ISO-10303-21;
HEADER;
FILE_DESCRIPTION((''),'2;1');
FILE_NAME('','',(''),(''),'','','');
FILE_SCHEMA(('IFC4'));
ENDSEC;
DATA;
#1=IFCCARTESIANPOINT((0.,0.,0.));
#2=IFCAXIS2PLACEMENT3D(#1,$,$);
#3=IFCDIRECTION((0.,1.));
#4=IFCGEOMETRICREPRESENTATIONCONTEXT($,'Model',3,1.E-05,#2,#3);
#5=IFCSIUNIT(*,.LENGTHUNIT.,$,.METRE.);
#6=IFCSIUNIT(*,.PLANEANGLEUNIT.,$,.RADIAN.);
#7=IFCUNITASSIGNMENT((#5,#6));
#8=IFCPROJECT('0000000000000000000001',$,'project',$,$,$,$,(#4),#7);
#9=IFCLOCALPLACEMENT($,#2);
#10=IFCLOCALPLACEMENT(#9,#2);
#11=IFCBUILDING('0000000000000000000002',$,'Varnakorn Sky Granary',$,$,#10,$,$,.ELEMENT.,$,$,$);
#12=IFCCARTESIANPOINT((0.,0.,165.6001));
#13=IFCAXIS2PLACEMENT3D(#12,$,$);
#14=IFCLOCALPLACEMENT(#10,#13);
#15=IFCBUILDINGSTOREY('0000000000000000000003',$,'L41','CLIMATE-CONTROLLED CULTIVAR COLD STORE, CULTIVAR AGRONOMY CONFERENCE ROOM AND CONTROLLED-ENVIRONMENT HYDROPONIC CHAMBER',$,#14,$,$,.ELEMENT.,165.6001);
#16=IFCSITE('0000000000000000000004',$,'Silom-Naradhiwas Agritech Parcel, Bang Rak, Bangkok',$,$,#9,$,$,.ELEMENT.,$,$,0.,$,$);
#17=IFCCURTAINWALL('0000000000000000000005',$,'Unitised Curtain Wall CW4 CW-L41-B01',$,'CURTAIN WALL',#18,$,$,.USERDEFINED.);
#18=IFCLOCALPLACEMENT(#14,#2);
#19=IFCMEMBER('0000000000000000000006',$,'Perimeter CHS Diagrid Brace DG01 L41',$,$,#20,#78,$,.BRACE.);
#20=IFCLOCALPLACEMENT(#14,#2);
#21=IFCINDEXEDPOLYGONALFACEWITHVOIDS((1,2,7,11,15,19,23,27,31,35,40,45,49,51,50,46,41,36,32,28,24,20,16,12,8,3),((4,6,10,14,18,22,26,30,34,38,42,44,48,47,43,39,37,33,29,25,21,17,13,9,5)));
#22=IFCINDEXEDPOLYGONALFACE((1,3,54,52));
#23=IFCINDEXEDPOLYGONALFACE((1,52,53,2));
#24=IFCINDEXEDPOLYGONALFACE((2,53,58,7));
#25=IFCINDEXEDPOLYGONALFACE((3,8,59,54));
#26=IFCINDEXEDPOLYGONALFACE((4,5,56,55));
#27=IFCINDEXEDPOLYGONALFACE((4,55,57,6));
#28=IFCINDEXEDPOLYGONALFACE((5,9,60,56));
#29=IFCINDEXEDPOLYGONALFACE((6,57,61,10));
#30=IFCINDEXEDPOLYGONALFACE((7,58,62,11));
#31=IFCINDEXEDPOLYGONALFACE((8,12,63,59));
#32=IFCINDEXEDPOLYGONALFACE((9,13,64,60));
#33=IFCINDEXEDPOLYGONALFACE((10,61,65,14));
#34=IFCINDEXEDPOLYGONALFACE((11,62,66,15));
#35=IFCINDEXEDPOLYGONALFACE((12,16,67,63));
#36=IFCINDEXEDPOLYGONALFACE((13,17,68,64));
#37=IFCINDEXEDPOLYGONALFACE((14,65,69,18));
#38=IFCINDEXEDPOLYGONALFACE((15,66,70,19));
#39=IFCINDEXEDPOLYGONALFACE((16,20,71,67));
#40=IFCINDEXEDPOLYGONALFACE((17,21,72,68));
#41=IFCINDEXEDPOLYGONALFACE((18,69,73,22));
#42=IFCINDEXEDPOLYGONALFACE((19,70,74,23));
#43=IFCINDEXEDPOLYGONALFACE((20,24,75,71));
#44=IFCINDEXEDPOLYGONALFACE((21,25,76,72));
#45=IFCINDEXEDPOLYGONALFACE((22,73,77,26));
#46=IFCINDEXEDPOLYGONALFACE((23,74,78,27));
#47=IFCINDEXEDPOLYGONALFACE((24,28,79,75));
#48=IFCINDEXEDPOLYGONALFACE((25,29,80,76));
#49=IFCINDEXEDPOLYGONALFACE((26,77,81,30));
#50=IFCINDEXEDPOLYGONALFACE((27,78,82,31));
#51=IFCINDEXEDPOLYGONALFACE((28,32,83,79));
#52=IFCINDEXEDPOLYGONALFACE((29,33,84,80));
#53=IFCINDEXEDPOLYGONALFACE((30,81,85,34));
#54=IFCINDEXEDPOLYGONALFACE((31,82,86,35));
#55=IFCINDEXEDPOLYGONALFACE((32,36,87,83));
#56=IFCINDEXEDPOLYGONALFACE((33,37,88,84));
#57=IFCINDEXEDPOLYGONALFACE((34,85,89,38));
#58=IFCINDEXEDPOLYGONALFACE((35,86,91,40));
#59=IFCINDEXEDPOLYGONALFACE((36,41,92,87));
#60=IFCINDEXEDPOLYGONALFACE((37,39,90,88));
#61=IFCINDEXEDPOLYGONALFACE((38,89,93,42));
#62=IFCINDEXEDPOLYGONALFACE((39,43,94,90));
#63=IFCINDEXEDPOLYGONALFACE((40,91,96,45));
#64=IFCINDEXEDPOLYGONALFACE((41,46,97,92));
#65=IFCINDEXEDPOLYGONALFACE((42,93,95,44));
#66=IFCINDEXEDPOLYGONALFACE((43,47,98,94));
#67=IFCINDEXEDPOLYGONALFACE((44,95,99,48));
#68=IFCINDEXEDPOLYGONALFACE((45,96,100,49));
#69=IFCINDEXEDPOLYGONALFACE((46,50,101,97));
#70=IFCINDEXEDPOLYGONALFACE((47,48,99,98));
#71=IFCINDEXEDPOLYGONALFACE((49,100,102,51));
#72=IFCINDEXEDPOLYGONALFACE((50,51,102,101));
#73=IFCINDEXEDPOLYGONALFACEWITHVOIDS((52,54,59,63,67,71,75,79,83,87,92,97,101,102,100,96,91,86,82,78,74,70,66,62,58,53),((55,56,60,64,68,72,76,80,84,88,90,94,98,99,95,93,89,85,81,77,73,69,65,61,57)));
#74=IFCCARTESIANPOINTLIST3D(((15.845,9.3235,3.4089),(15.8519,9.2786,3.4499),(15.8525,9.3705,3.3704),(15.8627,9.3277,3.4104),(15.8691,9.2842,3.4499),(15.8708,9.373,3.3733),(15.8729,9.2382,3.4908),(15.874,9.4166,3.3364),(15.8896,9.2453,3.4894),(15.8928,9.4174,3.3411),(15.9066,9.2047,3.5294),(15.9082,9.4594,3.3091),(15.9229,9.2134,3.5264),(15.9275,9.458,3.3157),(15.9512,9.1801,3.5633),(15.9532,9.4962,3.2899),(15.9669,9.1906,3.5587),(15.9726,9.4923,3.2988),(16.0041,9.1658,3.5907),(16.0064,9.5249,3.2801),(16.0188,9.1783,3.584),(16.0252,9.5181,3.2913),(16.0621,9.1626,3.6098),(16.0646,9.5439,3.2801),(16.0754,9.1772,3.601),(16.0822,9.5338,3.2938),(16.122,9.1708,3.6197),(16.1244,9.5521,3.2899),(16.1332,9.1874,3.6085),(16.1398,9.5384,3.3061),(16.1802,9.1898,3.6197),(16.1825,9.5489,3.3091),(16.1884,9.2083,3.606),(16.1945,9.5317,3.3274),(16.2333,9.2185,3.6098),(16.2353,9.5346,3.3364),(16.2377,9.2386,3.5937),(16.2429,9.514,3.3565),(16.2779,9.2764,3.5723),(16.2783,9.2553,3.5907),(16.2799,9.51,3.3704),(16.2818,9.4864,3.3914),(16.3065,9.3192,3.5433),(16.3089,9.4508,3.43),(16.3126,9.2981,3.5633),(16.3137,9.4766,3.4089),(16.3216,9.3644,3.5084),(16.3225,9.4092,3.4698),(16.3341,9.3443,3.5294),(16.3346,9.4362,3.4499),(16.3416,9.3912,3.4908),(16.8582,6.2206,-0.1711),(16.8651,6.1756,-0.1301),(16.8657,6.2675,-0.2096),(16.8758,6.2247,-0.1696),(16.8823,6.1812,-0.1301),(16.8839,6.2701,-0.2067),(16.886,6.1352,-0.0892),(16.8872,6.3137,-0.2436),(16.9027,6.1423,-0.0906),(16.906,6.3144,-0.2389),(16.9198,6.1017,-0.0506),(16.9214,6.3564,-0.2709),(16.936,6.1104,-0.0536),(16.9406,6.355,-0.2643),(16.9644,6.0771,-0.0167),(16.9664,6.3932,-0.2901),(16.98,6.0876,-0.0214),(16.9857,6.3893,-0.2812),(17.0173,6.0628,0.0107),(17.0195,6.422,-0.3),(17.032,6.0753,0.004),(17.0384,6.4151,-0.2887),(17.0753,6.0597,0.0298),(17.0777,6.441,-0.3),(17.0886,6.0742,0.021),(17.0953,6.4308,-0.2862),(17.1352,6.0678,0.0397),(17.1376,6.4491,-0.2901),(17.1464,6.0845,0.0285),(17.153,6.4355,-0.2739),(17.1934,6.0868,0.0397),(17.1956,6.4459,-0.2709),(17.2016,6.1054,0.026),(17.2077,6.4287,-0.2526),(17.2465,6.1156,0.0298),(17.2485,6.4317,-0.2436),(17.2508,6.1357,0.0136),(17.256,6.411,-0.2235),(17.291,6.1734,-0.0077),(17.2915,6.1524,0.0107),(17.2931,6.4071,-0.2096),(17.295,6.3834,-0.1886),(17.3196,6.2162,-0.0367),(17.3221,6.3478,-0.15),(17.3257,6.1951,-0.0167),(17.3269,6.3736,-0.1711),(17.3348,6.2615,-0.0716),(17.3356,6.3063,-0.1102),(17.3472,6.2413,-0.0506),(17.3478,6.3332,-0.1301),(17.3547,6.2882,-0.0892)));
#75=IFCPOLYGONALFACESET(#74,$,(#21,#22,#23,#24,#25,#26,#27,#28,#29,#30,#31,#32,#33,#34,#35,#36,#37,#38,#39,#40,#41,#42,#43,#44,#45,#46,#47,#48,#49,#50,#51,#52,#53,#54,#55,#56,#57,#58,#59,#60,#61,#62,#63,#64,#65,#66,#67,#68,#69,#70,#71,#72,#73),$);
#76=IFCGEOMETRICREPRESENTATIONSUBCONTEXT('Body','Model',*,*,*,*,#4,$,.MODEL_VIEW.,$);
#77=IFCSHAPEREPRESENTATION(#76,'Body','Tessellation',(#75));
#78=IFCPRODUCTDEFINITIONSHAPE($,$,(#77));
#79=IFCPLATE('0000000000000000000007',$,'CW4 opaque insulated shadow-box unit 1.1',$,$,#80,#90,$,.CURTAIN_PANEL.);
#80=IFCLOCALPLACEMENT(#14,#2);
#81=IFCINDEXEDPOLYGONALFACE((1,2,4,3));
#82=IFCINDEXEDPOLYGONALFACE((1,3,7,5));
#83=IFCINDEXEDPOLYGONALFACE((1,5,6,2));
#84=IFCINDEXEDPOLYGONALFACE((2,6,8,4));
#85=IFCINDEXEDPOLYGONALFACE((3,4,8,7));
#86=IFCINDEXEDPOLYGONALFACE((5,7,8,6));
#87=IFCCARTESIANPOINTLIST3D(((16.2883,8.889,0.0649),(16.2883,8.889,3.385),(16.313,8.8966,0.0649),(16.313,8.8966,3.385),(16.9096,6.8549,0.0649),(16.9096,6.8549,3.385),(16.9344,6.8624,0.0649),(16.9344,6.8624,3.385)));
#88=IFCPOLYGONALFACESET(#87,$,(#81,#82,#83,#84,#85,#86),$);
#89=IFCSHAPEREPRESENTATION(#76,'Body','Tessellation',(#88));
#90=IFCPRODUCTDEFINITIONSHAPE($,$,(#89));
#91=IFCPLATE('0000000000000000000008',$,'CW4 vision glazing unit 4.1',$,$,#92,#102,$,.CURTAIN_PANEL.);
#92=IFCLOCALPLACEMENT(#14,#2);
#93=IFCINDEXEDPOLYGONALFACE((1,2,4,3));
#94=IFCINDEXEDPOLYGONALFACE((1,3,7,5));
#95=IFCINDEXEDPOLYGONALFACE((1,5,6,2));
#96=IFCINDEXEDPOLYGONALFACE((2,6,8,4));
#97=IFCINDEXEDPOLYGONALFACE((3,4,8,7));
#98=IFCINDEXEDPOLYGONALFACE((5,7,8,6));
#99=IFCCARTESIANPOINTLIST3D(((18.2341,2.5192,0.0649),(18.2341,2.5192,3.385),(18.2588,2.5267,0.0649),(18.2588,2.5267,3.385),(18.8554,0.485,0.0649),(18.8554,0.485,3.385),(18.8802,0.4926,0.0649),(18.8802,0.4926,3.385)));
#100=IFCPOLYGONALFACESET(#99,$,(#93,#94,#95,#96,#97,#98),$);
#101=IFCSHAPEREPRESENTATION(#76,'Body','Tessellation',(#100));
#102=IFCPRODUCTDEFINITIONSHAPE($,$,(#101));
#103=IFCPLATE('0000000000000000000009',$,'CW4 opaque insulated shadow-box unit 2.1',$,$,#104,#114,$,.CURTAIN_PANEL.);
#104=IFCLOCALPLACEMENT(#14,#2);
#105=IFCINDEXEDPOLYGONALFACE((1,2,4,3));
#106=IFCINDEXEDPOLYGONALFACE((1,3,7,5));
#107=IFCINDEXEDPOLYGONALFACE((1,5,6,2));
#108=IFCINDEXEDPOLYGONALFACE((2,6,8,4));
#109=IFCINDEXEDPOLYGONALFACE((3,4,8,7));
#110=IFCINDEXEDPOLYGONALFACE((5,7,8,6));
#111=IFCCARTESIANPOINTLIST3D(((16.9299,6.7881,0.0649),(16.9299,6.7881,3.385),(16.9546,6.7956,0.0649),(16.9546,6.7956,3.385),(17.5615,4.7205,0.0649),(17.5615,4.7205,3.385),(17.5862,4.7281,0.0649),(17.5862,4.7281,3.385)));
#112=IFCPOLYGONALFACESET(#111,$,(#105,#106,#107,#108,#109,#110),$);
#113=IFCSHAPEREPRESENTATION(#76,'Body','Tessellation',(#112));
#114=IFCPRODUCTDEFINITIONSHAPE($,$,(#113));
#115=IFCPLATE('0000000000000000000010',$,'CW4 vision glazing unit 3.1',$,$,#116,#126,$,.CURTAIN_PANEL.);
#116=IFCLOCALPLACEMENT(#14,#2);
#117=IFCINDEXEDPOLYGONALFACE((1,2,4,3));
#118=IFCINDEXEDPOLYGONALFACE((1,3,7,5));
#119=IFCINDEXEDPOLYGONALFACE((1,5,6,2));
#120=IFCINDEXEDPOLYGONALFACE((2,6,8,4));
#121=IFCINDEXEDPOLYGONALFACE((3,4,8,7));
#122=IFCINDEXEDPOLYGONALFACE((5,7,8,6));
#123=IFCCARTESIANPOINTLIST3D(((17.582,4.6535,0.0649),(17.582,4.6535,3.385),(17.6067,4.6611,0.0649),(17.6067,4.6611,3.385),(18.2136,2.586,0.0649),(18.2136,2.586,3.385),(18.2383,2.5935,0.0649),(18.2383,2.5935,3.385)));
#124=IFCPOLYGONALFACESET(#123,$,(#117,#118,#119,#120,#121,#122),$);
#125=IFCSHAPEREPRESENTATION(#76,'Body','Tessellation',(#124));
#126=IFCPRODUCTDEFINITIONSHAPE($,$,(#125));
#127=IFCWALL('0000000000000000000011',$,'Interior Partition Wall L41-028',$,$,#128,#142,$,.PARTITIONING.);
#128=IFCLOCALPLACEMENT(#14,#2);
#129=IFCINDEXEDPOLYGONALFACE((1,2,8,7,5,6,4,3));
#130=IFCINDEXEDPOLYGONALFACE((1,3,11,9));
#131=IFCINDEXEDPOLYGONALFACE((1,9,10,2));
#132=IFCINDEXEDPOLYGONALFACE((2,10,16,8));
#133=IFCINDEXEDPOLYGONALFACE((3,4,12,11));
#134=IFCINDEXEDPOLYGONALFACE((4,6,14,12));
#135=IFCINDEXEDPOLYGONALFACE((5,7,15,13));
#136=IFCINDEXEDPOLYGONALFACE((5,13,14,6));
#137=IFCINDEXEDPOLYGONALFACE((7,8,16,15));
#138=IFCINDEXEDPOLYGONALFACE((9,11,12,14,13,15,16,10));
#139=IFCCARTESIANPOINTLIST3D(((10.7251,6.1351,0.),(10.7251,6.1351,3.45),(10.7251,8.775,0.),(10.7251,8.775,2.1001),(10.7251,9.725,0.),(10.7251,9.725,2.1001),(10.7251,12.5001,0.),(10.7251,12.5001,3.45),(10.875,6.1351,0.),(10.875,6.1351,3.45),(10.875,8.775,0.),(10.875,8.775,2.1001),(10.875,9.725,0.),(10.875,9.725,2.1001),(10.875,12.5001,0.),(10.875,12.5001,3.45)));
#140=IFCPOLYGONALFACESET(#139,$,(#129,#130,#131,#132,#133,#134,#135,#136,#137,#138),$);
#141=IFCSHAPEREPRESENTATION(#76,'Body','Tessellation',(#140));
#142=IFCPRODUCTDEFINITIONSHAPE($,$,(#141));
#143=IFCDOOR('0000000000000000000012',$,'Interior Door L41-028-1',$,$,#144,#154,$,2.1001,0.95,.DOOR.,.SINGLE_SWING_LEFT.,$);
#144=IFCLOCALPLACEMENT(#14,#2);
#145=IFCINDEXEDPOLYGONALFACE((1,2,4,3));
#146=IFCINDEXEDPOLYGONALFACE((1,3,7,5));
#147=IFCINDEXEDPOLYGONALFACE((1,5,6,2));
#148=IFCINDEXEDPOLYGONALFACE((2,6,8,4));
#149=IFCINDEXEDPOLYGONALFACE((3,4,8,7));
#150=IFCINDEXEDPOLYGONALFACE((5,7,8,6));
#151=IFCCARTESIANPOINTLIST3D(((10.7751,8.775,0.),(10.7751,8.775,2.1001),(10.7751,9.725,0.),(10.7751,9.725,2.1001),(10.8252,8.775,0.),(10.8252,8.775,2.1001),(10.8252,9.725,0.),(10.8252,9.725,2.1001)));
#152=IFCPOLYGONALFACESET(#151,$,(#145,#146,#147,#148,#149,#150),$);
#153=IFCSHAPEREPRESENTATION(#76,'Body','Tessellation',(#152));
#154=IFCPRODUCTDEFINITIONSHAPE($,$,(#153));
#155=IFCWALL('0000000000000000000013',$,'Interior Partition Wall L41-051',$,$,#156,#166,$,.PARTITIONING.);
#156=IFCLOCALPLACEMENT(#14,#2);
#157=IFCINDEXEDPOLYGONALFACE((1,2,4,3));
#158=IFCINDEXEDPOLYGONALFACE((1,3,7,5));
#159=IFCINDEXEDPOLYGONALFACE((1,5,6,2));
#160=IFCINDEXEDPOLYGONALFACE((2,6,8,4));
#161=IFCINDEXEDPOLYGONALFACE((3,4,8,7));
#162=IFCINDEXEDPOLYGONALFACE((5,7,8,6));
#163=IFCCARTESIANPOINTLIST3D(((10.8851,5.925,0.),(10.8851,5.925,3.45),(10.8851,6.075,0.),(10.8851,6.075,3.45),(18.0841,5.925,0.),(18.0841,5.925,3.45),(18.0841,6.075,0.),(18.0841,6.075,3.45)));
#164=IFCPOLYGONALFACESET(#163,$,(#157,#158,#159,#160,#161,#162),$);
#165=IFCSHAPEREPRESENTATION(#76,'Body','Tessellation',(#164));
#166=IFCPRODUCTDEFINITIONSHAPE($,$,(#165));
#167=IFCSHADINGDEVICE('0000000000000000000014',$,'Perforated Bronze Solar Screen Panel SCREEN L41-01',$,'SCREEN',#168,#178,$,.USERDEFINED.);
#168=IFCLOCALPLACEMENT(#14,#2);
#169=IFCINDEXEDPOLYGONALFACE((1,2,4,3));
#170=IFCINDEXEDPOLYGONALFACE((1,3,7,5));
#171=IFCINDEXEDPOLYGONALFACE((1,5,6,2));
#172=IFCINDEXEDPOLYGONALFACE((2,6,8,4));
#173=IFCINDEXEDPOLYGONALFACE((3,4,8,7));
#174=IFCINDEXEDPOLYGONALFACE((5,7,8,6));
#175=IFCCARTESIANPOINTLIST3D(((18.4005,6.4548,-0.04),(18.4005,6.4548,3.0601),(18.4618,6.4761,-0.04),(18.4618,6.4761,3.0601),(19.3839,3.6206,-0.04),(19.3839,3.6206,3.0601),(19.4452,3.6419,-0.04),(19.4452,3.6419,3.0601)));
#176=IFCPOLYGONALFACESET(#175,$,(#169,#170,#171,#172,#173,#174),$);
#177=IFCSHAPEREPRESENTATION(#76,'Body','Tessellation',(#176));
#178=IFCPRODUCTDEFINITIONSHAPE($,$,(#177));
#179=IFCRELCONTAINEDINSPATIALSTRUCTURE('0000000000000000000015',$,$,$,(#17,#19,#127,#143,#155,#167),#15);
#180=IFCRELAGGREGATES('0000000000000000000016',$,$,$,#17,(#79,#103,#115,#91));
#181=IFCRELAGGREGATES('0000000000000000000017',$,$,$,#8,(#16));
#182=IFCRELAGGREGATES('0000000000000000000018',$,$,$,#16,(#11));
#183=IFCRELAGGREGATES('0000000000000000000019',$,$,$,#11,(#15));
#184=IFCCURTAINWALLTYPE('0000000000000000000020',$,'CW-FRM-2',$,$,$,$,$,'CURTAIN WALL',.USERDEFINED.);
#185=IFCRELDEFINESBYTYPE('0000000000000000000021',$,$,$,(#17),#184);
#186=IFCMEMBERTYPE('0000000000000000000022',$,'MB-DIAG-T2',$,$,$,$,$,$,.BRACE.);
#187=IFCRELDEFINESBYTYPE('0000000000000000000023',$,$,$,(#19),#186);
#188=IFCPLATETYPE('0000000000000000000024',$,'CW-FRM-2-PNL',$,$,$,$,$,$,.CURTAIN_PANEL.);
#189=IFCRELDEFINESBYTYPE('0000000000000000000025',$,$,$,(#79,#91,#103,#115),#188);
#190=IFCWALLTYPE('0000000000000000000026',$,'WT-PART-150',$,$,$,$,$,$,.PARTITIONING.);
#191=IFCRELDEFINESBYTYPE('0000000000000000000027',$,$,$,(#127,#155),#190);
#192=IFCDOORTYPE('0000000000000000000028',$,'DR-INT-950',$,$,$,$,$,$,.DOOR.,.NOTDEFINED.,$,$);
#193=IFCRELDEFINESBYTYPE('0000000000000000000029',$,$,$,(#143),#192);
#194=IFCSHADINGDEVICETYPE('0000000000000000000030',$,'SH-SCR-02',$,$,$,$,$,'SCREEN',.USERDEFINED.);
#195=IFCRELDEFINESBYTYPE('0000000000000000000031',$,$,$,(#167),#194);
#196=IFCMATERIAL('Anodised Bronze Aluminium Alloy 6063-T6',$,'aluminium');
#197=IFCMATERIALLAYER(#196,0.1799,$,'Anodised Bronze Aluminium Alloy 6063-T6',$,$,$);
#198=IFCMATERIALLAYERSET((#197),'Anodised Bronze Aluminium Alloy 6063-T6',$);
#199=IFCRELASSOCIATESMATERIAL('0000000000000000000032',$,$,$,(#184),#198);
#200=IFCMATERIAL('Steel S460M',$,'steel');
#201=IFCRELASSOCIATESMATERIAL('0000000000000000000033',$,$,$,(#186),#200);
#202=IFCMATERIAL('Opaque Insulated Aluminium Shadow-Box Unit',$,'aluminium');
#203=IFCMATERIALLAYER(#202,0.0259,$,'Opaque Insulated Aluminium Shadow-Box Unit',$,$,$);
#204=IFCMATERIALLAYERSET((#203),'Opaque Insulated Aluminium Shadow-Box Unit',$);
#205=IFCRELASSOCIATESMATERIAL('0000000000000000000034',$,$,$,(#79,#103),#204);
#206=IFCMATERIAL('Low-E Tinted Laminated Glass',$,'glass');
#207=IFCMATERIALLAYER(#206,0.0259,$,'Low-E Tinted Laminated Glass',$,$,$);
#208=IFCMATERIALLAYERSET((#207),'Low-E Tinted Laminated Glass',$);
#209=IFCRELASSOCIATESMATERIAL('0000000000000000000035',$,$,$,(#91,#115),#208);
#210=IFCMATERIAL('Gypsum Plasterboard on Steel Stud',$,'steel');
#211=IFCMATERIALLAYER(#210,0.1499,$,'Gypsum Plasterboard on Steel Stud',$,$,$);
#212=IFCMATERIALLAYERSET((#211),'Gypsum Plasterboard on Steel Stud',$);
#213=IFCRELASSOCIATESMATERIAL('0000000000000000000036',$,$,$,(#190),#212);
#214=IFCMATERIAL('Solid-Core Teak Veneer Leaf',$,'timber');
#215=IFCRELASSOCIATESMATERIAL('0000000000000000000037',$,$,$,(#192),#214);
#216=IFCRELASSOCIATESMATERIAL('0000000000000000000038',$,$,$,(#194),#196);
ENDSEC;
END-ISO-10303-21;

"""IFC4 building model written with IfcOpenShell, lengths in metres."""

from ifc_helpers import new_model, si_unit, direction, frame, frame_2d, origin, origin_2d, place, context, subcontext, project, spatial, rectangle, hollow_circle, extrude, source, transform, mapped, material, layer, layer_set, material_profile, profile_set, type_object, type_shapes, element, fill, aggregate, save


model = new_model("IFC4")

# Units and contexts
model_context = context("Model", 3, precision=1e-05, world=origin(), true_north=direction((0.0, 1.0)))
body_context = subcontext(model_context, "Body", "Model", "MODEL_VIEW")
ifc_project = project(units=[si_unit("LENGTHUNIT", "METRE"), si_unit("PLANEANGLEUNIT", "RADIAN")], contexts=[model_context])

# Site, building, storey
site_placement = place(None, origin())
site = spatial("IfcSite", under=ifc_project, at=site_placement, Name="Silom-Naradhiwas Agritech Parcel, Bang Rak, Bangkok", CompositionType="ELEMENT", RefElevation=0.0)
building_placement = place(site_placement, origin())
building = spatial("IfcBuilding", under=site, at=building_placement, Name="Varnakorn Sky Granary", CompositionType="ELEMENT")
storey_placement = place(building_placement, frame((0.0, 0.0, 165.6001)))
storey = spatial("IfcBuildingStorey", under=building, at=storey_placement, Name="L41", Description="CLIMATE-CONTROLLED CULTIVAR COLD STORE, CULTIVAR AGRONOMY CONFERENCE ROOM AND CONTROLLED-ENVIRONMENT HYDROPONIC CHAMBER", CompositionType="ELEMENT", Elevation=165.6001)

# Curtain wall
ifc_material_1 = material(Name="Anodised Bronze Aluminium Alloy 6063-T6", Category="aluminium")
ifc_layer_1 = layer(ifc_material_1, 0.1799, Name="Anodised Bronze Aluminium Alloy 6063-T6")
ifc_layer_set_1 = layer_set([ifc_layer_1], Name="Anodised Bronze Aluminium Alloy 6063-T6")
curtain_wall_type = type_object("IfcCurtainWallType", Name="CW-FRM-2", ElementType="CURTAIN WALL", PredefinedType="USERDEFINED", material=ifc_layer_set_1)
curtain_wall_placement = place(storey_placement, origin())
curtain_wall = element("IfcCurtainWall", 1, at=curtain_wall_placement, inside=storey, type_object=curtain_wall_type, Name="Unitised Curtain Wall CW4 CW-L41-B01", ObjectType="CURTAIN WALL", PredefinedType="USERDEFINED")

# Member
ifc_material_2 = material(Name="Steel S460M", Category="steel")
ifc_material_profile_1 = material_profile(ifc_material_2, hollow_circle(Radius=0.2539, WallThickness=0.0181, at=origin_2d()), Name="CHS 508x18")
ifc_profile_set_1 = profile_set([ifc_material_profile_1], Name="Steel S460M")
member_type_1 = type_object("IfcMemberType", Name="MB-DIAG-T2", PredefinedType="BRACE", material=ifc_profile_set_1)
member_1_placement = place(storey_placement, frame((17.1064, 6.2544, -0.1301), z_axis=(-0.209127, 0.640484, 0.73895), x_axis=(-0.95061, -0.310388, 0.0)))
element("IfcMember", 2, at=member_1_placement, inside=storey, type_object=member_type_1, Name="Perimeter CHS Diagrid Brace DG01 L41", PredefinedType="BRACE", context=body_context, shape_type="SweptSolid", body=[
    extrude(hollow_circle(Radius=0.2539, WallThickness=0.0181, at=origin_2d()), origin(), (0.0, 0.0, 1.0), 4.8447),
])

# Plates
ifc_material_3 = material(Name="Opaque Insulated Aluminium Shadow-Box Unit", Category="aluminium")
ifc_layer_2 = layer(ifc_material_3, 0.0259, Name="Opaque Insulated Aluminium Shadow-Box Unit")
ifc_layer_set_2 = layer_set([ifc_layer_2], Name="Opaque Insulated Aluminium Shadow-Box Unit")
plate_type = type_object("IfcPlateType", Name="CW-FRM-2-PNL", PredefinedType="CURTAIN_PANEL")
shared_shape_1 = source(origin(), body_context, "Body", "SweptSolid", [
    extrude(rectangle(XDim=2.127, YDim=0.0259, at=origin_2d()), origin(), (0.0, 0.0, 1.0), 3.3201),
])
plate_1_placement = place(storey_placement, frame((16.6113, 7.8757, 0.0649), z_axis=(0.0, 0.0, 1.0), x_axis=(0.292147, -0.956374, 0.0)))
plate_1 = element("IfcPlate", 3, at=plate_1_placement, type_object=plate_type, material=ifc_layer_set_2, Name="CW4 opaque insulated shadow-box unit 1.1", PredefinedType="CURTAIN_PANEL", context=body_context, shape_type="MappedRepresentation", body=[
    mapped(shared_shape_1, transform((0.0, 0.0, 0.0), x_axis=(1.0, 0.0, 0.0), y_axis=(0.0, 1.0, 0.0), z_axis=(0.0, 0.0, 1.0), scale=1.0)),
])
ifc_material_4 = material(Name="Low-E Tinted Laminated Glass", Category="glass")
ifc_layer_3 = layer(ifc_material_4, 0.0259, Name="Low-E Tinted Laminated Glass")
ifc_layer_set_3 = layer_set([ifc_layer_3], Name="Low-E Tinted Laminated Glass")
plate_2_placement = place(storey_placement, frame((18.5571, 1.5059, 0.0649), z_axis=(0.0, 0.0, 1.0), x_axis=(0.292147, -0.956374, 0.0)))
plate_2 = element("IfcPlate", 4, at=plate_2_placement, type_object=plate_type, material=ifc_layer_set_3, Name="CW4 vision glazing unit 4.1", PredefinedType="CURTAIN_PANEL", context=body_context, shape_type="MappedRepresentation", body=[
    mapped(shared_shape_1, transform((0.0, 0.0, 0.0), x_axis=(1.0, 0.0, 0.0), y_axis=(0.0, 1.0, 0.0), z_axis=(0.0, 0.0, 1.0), scale=1.0)),
])
shared_shape_2 = source(origin(), body_context, "Body", "SweptSolid", [
    extrude(rectangle(XDim=2.1619, YDim=0.0259, at=origin_2d()), origin(), (0.0, 0.0, 1.0), 3.3201),
])
type_shapes(plate_type, [shared_shape_1, shared_shape_2])
plate_3_placement = place(storey_placement, frame((17.2581, 5.7581, 0.0649), z_axis=(0.0, 0.0, 1.0), x_axis=(0.292147, -0.956374, 0.0)))
plate_3 = element("IfcPlate", 5, at=plate_3_placement, type_object=plate_type, material=ifc_layer_set_2, Name="CW4 opaque insulated shadow-box unit 2.1", PredefinedType="CURTAIN_PANEL", context=body_context, shape_type="MappedRepresentation", body=[
    mapped(shared_shape_2, transform((0.0, 0.0, 0.0), x_axis=(1.0, 0.0, 0.0), y_axis=(0.0, 1.0, 0.0), z_axis=(0.0, 0.0, 1.0), scale=1.0)),
])
plate_4_placement = place(storey_placement, frame((17.9102, 3.6235, 0.0649), z_axis=(0.0, 0.0, 1.0), x_axis=(0.292147, -0.956374, 0.0)))
plate_4 = element("IfcPlate", 6, at=plate_4_placement, type_object=plate_type, material=ifc_layer_set_3, Name="CW4 vision glazing unit 3.1", PredefinedType="CURTAIN_PANEL", context=body_context, shape_type="MappedRepresentation", body=[
    mapped(shared_shape_2, transform((0.0, 0.0, 0.0), x_axis=(1.0, 0.0, 0.0), y_axis=(0.0, 1.0, 0.0), z_axis=(0.0, 0.0, 1.0), scale=1.0)),
])
aggregate(curtain_wall, [plate_1, plate_3, plate_4, plate_2])

# Wall, opening, door
ifc_material_5 = material(Name="Gypsum Plasterboard on Steel Stud", Category="steel")
ifc_layer_4 = layer(ifc_material_5, 0.1499, Name="Gypsum Plasterboard on Steel Stud")
ifc_layer_set_4 = layer_set([ifc_layer_4], Name="Gypsum Plasterboard on Steel Stud")
wall_type = type_object("IfcWallType", Name="WT-PART-150", PredefinedType="PARTITIONING", material=ifc_layer_set_4)
wall_1_placement = place(storey_placement, frame((10.8, 6.135, 0.0), z_axis=(0.0, 0.0, 1.0), x_axis=(0.0, 1.0, 0.0)))
wall_1 = element("IfcWall", 7, at=wall_1_placement, inside=storey, type_object=wall_type, Name="Interior Partition Wall L41-028", PredefinedType="PARTITIONING", context=body_context, shape_type="SweptSolid", body=[
    extrude(rectangle(XDim=6.365, YDim=0.1499, at=frame_2d((3.1826, 0.0))), origin(), (0.0, 0.0, 1.0), 3.45),
])
opening_placement = place(wall_1_placement, frame((2.6399, 0.0, 0.0)))
opening = element("IfcOpeningElement", 8, at=opening_placement, cuts=wall_1, PredefinedType="OPENING", context=body_context, shape_type="SweptSolid", body=[
    extrude(rectangle(XDim=0.95, YDim=2.1001, at=frame_2d((0.4751, 1.05))), frame((0.0, 0.085, 0.0), z_axis=(0.0, -1.0, 0.0), x_axis=(1.0, 0.0, 0.0)), (0.0, 0.0, 1.0), 0.1699),
])
ifc_material_6 = material(Name="Solid-Core Teak Veneer Leaf", Category="timber")
door_type = type_object("IfcDoorType", Name="DR-INT-950", OperationType="NOTDEFINED", PredefinedType="DOOR", material=ifc_material_6)
door_placement = place(opening_placement, origin())
door = element("IfcDoor", 9, at=door_placement, inside=storey, type_object=door_type, Name="Interior Door L41-028-1", OperationType="SINGLE_SWING_LEFT", OverallHeight=2.1001, OverallWidth=0.95, PredefinedType="DOOR", context=body_context, shape_type="SweptSolid", body=[
    extrude(rectangle(XDim=0.95, YDim=2.1001, at=frame_2d((0.4751, 1.05))), frame((0.0, 0.0249, 0.0), z_axis=(0.0, -1.0, 0.0), x_axis=(1.0, 0.0, 0.0)), (0.0, 0.0, 1.0), 0.05),
])
fill(opening, door)

# Wall
wall_2_placement = place(storey_placement, frame((10.885, 6.0, 0.0), z_axis=(0.0, 0.0, 1.0), x_axis=(1.0, 0.0, 0.0)))
element("IfcWall", 10, at=wall_2_placement, inside=storey, type_object=wall_type, Name="Interior Partition Wall L41-051", PredefinedType="PARTITIONING", context=body_context, shape_type="SweptSolid", body=[
    extrude(rectangle(XDim=7.199, YDim=0.1499, at=frame_2d((3.5996, 0.0))), origin(), (0.0, 0.0, 1.0), 3.45),
])

# Shading device
shading_device_type = type_object("IfcShadingDeviceType", Name="SH-SCR-02", ElementType="SCREEN", PredefinedType="USERDEFINED", material=ifc_material_1)
shared_shape_3 = source(origin(), body_context, "Body", "SweptSolid", [
    extrude(rectangle(XDim=3.0, YDim=0.0649, at=origin_2d()), origin(), (0.0, 0.0, 1.0), 3.1001),
])
type_shapes(shading_device_type, [shared_shape_3])
shading_device_placement = place(storey_placement, frame((18.9229, 5.0483, -0.04), z_axis=(0.0, 0.0, 1.0), x_axis=(-0.327792, 0.94475, 0.0)))
element("IfcShadingDevice", 11, at=shading_device_placement, inside=storey, type_object=shading_device_type, Name="Perforated Bronze Solar Screen Panel SCREEN L41-01", ObjectType="SCREEN", PredefinedType="USERDEFINED", context=body_context, shape_type="MappedRepresentation", body=[
    mapped(shared_shape_3, transform((0.0, 0.0, 0.0), x_axis=(1.0, 0.0, 0.0), y_axis=(0.0, 1.0, 0.0), z_axis=(0.0, 0.0, 1.0), scale=1.0)),
])

save(model, "model.ifc")
